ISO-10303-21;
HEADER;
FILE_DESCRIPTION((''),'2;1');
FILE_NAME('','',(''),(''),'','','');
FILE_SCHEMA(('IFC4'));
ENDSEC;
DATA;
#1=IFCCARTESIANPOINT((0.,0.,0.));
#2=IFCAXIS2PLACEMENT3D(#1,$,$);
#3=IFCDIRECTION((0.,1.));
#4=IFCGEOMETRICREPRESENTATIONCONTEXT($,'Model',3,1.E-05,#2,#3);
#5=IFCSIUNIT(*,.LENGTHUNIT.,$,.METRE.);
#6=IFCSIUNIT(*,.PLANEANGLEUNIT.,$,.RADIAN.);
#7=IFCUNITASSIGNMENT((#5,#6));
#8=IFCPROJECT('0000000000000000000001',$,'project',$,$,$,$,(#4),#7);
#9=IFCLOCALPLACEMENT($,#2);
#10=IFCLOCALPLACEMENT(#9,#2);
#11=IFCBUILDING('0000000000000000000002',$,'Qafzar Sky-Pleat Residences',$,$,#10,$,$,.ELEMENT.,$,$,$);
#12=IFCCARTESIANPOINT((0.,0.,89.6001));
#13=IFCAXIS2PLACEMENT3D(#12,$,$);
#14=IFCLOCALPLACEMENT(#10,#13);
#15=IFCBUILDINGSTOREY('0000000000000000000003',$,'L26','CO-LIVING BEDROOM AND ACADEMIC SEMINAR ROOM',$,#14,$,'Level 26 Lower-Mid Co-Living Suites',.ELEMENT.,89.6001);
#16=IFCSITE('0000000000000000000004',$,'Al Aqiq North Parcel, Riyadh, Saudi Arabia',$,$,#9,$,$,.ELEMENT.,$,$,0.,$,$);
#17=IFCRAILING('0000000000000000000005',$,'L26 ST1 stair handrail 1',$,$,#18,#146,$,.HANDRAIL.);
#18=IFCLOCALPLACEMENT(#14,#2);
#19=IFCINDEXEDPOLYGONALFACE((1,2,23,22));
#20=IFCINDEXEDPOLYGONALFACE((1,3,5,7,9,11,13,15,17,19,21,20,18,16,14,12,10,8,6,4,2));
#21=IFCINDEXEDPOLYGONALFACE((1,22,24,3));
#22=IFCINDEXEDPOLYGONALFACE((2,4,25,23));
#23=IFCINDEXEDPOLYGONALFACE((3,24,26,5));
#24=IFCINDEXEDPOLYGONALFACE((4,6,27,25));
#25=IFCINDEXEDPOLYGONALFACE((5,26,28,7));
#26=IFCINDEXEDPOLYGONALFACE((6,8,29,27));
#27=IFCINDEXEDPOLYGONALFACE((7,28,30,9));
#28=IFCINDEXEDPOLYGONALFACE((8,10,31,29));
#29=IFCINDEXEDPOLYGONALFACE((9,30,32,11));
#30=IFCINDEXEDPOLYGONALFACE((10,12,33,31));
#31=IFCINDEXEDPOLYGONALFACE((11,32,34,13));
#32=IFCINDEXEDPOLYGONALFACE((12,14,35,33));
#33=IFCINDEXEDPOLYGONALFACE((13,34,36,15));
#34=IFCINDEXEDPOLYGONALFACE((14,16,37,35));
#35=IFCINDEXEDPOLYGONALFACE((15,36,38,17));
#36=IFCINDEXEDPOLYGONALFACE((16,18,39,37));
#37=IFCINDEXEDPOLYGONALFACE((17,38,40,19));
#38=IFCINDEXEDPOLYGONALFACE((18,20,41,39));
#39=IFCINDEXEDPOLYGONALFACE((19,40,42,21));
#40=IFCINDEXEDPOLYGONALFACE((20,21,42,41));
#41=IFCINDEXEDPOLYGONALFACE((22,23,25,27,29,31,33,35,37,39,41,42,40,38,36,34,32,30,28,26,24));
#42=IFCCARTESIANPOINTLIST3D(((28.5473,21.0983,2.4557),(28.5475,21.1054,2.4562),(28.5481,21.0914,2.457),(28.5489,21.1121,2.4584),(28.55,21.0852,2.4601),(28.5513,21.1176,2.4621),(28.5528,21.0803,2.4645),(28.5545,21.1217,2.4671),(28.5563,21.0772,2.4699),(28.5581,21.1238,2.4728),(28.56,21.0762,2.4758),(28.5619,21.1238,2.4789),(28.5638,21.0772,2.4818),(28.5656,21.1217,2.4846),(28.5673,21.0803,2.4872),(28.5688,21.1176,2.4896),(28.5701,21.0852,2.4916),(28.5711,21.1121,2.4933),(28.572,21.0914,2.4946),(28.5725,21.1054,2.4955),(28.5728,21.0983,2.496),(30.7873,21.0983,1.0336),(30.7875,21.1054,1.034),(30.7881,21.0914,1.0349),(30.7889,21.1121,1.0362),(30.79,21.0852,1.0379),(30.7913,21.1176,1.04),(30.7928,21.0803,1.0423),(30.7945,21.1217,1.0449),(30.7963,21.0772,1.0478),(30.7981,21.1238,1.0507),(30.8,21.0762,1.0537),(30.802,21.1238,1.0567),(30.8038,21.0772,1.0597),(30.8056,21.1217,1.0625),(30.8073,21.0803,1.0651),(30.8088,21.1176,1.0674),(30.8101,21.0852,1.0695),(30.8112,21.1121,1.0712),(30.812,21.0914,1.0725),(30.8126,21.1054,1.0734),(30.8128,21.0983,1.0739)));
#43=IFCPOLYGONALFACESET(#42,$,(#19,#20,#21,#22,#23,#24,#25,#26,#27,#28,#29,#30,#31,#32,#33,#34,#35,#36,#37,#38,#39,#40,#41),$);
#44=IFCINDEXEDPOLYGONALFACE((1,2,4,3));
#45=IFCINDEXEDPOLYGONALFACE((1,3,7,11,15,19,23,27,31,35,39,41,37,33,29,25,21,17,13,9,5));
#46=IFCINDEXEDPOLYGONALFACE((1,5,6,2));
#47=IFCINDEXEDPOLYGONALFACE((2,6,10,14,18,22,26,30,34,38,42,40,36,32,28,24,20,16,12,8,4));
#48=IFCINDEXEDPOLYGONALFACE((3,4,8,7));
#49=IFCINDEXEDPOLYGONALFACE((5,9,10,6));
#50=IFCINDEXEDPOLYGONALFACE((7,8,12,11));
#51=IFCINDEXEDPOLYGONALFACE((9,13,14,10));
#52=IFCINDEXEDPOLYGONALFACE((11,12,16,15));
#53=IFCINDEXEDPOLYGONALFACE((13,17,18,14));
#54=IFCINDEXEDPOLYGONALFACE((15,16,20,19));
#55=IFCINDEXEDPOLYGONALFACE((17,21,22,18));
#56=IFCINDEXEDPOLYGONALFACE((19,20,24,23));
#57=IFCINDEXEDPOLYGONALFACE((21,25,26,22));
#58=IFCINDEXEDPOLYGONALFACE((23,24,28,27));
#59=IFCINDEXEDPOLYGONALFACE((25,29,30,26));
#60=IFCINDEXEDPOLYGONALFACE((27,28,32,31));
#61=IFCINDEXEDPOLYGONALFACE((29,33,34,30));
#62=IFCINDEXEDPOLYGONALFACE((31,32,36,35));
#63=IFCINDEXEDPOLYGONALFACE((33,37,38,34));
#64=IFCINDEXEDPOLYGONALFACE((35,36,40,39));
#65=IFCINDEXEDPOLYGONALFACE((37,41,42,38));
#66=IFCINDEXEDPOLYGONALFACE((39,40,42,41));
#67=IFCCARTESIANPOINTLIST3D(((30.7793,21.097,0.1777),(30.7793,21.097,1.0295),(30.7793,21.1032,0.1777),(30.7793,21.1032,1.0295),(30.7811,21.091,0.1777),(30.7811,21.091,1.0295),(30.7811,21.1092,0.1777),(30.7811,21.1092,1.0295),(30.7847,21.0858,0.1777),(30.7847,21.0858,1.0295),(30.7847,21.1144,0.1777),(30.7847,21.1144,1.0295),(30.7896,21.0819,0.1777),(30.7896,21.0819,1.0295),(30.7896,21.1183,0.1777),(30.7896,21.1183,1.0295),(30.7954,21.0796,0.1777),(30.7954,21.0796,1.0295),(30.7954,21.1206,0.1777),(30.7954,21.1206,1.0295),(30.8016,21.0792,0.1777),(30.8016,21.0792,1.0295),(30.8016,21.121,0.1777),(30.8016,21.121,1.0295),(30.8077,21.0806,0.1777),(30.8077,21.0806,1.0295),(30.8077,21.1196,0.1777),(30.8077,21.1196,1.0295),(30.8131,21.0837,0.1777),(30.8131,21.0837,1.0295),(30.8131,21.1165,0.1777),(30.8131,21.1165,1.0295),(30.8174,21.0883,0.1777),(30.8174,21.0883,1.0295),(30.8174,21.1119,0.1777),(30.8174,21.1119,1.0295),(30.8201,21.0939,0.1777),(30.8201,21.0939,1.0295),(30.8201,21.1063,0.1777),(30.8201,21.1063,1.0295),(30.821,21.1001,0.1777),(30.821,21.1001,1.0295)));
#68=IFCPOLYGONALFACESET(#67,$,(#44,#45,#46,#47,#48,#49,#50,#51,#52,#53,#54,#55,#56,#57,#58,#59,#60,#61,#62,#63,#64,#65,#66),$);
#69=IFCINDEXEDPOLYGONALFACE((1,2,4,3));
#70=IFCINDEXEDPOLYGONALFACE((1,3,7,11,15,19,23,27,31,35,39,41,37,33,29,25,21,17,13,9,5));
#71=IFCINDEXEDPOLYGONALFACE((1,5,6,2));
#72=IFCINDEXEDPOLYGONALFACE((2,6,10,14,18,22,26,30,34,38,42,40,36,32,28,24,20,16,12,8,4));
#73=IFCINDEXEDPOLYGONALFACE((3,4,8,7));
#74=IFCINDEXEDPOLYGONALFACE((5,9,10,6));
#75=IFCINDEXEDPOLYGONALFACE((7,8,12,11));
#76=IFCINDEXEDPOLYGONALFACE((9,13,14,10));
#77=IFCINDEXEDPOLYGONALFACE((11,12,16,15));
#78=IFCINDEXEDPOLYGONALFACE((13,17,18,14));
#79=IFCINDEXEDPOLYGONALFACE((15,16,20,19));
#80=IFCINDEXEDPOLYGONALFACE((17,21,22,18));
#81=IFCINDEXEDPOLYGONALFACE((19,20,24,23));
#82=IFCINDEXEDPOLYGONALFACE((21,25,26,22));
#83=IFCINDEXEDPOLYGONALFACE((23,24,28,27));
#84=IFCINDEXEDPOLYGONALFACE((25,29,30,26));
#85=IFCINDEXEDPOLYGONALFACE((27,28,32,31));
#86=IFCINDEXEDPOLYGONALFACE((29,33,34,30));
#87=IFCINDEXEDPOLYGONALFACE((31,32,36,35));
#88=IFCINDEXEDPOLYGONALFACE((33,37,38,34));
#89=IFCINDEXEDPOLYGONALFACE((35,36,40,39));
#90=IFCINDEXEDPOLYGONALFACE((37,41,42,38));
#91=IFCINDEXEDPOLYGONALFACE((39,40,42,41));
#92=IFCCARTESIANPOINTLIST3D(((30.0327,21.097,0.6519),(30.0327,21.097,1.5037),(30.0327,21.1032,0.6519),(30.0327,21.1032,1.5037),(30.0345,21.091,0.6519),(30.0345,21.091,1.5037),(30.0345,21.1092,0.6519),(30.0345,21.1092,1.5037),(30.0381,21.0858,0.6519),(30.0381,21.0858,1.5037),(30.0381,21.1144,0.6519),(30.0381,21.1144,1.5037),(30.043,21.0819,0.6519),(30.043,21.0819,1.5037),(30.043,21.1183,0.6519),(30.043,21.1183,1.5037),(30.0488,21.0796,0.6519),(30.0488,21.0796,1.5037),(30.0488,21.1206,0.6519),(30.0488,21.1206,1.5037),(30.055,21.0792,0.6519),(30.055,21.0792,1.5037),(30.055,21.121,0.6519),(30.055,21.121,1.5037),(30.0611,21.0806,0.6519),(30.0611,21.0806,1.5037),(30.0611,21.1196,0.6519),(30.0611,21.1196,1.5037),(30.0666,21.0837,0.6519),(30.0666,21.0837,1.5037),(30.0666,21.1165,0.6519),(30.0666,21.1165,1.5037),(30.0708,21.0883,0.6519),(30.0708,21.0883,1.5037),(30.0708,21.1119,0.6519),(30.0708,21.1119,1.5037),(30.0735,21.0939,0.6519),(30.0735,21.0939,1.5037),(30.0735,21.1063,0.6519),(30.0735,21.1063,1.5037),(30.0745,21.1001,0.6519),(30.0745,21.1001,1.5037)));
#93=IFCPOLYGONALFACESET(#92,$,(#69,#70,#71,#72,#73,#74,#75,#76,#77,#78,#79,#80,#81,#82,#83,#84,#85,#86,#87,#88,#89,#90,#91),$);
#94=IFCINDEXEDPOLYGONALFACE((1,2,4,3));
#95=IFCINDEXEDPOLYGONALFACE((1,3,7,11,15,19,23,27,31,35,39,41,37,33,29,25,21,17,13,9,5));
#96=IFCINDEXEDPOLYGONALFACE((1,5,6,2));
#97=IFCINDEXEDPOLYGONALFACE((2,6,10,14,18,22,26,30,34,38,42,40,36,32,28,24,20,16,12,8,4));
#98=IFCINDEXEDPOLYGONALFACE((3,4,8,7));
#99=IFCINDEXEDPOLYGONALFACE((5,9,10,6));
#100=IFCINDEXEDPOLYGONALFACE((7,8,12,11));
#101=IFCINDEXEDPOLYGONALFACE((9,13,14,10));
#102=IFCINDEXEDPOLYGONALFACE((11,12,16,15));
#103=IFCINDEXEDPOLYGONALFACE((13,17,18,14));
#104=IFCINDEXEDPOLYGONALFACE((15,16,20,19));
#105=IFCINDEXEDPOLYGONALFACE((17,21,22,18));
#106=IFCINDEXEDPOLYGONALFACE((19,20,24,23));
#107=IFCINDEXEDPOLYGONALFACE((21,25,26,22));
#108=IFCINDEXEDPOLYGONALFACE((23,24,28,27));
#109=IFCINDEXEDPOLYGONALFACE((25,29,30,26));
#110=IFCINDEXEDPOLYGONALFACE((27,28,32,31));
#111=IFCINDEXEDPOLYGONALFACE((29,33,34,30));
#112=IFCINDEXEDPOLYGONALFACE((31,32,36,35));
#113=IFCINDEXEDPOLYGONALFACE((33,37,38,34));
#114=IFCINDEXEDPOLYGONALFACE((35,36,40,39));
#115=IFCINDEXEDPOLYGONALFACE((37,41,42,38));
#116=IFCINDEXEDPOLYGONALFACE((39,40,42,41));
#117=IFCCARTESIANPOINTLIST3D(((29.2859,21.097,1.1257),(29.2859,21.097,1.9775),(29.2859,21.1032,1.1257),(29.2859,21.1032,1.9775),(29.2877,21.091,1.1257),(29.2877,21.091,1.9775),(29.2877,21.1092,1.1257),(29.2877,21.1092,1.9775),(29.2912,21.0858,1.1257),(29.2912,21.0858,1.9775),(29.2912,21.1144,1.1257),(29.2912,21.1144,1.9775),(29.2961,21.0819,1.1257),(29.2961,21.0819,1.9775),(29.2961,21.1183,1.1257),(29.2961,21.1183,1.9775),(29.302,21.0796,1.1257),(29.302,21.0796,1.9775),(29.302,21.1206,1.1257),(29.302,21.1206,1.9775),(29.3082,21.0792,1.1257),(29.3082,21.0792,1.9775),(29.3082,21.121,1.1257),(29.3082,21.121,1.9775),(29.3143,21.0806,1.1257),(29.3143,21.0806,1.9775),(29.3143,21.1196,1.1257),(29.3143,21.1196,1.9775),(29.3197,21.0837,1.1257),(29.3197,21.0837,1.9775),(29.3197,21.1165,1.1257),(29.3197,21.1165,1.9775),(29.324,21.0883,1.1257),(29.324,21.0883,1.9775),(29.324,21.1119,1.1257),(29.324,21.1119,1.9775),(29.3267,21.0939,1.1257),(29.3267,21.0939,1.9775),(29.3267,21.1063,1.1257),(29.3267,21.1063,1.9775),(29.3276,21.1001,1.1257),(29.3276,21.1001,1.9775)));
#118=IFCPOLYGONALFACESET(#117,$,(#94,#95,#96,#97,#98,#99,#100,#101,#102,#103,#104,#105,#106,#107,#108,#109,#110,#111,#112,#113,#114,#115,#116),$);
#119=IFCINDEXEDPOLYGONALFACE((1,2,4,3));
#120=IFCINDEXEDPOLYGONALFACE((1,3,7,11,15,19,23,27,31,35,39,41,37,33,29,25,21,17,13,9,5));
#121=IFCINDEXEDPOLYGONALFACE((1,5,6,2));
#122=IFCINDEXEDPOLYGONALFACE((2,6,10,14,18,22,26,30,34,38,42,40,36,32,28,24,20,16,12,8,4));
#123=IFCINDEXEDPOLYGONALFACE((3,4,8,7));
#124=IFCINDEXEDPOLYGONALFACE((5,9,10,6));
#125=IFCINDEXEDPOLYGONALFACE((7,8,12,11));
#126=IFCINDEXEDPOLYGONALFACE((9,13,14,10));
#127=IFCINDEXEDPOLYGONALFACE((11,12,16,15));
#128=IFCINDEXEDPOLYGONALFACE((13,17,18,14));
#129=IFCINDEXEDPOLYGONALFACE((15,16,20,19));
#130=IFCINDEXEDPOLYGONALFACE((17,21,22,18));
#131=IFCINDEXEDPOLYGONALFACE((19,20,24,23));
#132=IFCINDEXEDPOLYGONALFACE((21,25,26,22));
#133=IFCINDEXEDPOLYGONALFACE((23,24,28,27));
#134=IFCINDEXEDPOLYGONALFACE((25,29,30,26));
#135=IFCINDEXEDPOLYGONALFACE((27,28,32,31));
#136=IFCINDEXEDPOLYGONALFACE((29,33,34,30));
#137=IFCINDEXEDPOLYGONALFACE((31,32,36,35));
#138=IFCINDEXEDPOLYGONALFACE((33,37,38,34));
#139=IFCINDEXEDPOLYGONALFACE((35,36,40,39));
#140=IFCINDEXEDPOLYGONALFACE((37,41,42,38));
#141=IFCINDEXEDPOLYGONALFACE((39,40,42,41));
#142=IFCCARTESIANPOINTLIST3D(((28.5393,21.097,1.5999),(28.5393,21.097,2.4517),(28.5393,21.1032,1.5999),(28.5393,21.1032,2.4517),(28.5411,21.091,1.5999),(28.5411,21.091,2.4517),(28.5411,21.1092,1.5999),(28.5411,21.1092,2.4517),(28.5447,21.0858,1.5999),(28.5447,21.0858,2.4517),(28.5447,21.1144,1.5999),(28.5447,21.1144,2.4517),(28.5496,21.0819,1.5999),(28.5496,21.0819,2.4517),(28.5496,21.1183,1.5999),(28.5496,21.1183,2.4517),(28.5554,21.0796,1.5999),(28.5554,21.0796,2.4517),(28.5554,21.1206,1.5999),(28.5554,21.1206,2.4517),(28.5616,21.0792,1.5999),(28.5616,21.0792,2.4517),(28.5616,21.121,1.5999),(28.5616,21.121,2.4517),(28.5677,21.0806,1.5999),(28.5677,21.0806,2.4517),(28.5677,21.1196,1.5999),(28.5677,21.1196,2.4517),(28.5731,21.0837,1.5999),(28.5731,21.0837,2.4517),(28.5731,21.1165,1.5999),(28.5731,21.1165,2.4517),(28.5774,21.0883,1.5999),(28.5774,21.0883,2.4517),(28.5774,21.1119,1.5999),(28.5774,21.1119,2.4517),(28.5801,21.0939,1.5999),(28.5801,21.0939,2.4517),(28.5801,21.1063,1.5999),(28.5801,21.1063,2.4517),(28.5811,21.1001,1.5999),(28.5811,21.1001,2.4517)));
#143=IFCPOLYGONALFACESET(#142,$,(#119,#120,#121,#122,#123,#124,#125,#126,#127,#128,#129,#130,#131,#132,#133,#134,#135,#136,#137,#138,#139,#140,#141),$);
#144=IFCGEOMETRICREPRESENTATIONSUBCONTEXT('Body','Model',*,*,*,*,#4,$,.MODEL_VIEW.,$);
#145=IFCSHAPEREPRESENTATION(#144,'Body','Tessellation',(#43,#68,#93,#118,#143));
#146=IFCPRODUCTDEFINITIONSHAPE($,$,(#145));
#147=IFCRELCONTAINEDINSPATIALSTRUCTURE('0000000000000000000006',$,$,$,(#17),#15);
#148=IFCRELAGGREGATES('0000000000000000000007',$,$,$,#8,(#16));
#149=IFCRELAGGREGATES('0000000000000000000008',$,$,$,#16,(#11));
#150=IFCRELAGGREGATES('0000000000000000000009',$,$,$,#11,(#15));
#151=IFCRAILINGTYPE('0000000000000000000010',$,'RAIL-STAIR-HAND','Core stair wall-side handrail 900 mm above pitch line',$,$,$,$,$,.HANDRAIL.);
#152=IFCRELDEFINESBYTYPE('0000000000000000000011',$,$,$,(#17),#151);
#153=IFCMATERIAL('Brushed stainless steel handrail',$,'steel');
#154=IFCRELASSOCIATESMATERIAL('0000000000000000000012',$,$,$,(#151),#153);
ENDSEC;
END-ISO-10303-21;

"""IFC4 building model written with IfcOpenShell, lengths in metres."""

from ifc_helpers import new_model, si_unit, direction, frame, origin, origin_2d, place, context, subcontext, project, spatial, circle, extrude, source, transform, mapped, material, type_object, element, save


model = new_model("IFC4")

# Units and contexts
model_context = context("Model", 3, precision=1e-05, world=origin(), true_north=direction((0.0, 1.0)))
body_context = subcontext(model_context, "Body", "Model", "MODEL_VIEW")
ifc_project = project(units=[si_unit("LENGTHUNIT", "METRE"), si_unit("PLANEANGLEUNIT", "RADIAN")], contexts=[model_context])

# Site, building, storey
site_placement = place(None, origin())
site = spatial("IfcSite", under=ifc_project, at=site_placement, Name="Al Aqiq North Parcel, Riyadh, Saudi Arabia", CompositionType="ELEMENT", RefElevation=0.0)
building_placement = place(site_placement, origin())
building = spatial("IfcBuilding", under=site, at=building_placement, Name="Qafzar Sky-Pleat Residences", CompositionType="ELEMENT")
storey_placement = place(building_placement, frame((0.0, 0.0, 89.6001)))
storey = spatial("IfcBuildingStorey", under=building, at=storey_placement, Name="L26", Description="CO-LIVING BEDROOM AND ACADEMIC SEMINAR ROOM", LongName="Level 26 Lower-Mid Co-Living Suites", CompositionType="ELEMENT", Elevation=89.6001)

# Railing
ifc_material_1 = material(Name="Brushed stainless steel handrail", Category="steel")
railing_type_1 = type_object("IfcRailingType", Name="RAIL-STAIR-HAND", Description="Core stair wall-side handrail 900 mm above pitch line", PredefinedType="HANDRAIL", material=ifc_material_1)
shared_shape_1 = source(origin(), body_context, "Body", "SweptSolid", [
    extrude(circle(Radius=0.0239, at=origin_2d()), frame((0.0, 0.0, 0.876), z_axis=(-0.844229, 0.0, 0.535982), x_axis=(0.0, -1.0, 0.0)), (0.0, 0.0, 1.0), 2.6533),
    extrude(circle(Radius=0.021, at=origin_2d()), origin(), (0.0, 0.0, 1.0), 0.8518),
    extrude(circle(Radius=0.021, at=origin_2d()), frame((-0.7466, 0.0, 0.4741)), (0.0, 0.0, 1.0), 0.8518),
    extrude(circle(Radius=0.021, at=origin_2d()), frame((-1.4934, 0.0, 0.948)), (0.0, 0.0, 1.0), 0.8518),
    extrude(circle(Radius=0.021, at=origin_2d()), frame((-2.24, 0.0, 1.4221)), (0.0, 0.0, 1.0), 0.8518),
])
railing_1_placement = place(storey_placement, frame((30.8, 21.1001, 0.1777)))
element("IfcRailing", 1, at=railing_1_placement, inside=storey, type_object=railing_type_1, Name="L26 ST1 stair handrail 1", PredefinedType="HANDRAIL", context=body_context, shape_type="MappedRepresentation", body=[
    mapped(shared_shape_1, transform((0.0, 0.0, 0.0), x_axis=(1.0, 0.0, 0.0), y_axis=(0.0, 1.0, 0.0), z_axis=(0.0, 0.0, 1.0), scale=1.0)),
])

save(model, "model.ifc")
